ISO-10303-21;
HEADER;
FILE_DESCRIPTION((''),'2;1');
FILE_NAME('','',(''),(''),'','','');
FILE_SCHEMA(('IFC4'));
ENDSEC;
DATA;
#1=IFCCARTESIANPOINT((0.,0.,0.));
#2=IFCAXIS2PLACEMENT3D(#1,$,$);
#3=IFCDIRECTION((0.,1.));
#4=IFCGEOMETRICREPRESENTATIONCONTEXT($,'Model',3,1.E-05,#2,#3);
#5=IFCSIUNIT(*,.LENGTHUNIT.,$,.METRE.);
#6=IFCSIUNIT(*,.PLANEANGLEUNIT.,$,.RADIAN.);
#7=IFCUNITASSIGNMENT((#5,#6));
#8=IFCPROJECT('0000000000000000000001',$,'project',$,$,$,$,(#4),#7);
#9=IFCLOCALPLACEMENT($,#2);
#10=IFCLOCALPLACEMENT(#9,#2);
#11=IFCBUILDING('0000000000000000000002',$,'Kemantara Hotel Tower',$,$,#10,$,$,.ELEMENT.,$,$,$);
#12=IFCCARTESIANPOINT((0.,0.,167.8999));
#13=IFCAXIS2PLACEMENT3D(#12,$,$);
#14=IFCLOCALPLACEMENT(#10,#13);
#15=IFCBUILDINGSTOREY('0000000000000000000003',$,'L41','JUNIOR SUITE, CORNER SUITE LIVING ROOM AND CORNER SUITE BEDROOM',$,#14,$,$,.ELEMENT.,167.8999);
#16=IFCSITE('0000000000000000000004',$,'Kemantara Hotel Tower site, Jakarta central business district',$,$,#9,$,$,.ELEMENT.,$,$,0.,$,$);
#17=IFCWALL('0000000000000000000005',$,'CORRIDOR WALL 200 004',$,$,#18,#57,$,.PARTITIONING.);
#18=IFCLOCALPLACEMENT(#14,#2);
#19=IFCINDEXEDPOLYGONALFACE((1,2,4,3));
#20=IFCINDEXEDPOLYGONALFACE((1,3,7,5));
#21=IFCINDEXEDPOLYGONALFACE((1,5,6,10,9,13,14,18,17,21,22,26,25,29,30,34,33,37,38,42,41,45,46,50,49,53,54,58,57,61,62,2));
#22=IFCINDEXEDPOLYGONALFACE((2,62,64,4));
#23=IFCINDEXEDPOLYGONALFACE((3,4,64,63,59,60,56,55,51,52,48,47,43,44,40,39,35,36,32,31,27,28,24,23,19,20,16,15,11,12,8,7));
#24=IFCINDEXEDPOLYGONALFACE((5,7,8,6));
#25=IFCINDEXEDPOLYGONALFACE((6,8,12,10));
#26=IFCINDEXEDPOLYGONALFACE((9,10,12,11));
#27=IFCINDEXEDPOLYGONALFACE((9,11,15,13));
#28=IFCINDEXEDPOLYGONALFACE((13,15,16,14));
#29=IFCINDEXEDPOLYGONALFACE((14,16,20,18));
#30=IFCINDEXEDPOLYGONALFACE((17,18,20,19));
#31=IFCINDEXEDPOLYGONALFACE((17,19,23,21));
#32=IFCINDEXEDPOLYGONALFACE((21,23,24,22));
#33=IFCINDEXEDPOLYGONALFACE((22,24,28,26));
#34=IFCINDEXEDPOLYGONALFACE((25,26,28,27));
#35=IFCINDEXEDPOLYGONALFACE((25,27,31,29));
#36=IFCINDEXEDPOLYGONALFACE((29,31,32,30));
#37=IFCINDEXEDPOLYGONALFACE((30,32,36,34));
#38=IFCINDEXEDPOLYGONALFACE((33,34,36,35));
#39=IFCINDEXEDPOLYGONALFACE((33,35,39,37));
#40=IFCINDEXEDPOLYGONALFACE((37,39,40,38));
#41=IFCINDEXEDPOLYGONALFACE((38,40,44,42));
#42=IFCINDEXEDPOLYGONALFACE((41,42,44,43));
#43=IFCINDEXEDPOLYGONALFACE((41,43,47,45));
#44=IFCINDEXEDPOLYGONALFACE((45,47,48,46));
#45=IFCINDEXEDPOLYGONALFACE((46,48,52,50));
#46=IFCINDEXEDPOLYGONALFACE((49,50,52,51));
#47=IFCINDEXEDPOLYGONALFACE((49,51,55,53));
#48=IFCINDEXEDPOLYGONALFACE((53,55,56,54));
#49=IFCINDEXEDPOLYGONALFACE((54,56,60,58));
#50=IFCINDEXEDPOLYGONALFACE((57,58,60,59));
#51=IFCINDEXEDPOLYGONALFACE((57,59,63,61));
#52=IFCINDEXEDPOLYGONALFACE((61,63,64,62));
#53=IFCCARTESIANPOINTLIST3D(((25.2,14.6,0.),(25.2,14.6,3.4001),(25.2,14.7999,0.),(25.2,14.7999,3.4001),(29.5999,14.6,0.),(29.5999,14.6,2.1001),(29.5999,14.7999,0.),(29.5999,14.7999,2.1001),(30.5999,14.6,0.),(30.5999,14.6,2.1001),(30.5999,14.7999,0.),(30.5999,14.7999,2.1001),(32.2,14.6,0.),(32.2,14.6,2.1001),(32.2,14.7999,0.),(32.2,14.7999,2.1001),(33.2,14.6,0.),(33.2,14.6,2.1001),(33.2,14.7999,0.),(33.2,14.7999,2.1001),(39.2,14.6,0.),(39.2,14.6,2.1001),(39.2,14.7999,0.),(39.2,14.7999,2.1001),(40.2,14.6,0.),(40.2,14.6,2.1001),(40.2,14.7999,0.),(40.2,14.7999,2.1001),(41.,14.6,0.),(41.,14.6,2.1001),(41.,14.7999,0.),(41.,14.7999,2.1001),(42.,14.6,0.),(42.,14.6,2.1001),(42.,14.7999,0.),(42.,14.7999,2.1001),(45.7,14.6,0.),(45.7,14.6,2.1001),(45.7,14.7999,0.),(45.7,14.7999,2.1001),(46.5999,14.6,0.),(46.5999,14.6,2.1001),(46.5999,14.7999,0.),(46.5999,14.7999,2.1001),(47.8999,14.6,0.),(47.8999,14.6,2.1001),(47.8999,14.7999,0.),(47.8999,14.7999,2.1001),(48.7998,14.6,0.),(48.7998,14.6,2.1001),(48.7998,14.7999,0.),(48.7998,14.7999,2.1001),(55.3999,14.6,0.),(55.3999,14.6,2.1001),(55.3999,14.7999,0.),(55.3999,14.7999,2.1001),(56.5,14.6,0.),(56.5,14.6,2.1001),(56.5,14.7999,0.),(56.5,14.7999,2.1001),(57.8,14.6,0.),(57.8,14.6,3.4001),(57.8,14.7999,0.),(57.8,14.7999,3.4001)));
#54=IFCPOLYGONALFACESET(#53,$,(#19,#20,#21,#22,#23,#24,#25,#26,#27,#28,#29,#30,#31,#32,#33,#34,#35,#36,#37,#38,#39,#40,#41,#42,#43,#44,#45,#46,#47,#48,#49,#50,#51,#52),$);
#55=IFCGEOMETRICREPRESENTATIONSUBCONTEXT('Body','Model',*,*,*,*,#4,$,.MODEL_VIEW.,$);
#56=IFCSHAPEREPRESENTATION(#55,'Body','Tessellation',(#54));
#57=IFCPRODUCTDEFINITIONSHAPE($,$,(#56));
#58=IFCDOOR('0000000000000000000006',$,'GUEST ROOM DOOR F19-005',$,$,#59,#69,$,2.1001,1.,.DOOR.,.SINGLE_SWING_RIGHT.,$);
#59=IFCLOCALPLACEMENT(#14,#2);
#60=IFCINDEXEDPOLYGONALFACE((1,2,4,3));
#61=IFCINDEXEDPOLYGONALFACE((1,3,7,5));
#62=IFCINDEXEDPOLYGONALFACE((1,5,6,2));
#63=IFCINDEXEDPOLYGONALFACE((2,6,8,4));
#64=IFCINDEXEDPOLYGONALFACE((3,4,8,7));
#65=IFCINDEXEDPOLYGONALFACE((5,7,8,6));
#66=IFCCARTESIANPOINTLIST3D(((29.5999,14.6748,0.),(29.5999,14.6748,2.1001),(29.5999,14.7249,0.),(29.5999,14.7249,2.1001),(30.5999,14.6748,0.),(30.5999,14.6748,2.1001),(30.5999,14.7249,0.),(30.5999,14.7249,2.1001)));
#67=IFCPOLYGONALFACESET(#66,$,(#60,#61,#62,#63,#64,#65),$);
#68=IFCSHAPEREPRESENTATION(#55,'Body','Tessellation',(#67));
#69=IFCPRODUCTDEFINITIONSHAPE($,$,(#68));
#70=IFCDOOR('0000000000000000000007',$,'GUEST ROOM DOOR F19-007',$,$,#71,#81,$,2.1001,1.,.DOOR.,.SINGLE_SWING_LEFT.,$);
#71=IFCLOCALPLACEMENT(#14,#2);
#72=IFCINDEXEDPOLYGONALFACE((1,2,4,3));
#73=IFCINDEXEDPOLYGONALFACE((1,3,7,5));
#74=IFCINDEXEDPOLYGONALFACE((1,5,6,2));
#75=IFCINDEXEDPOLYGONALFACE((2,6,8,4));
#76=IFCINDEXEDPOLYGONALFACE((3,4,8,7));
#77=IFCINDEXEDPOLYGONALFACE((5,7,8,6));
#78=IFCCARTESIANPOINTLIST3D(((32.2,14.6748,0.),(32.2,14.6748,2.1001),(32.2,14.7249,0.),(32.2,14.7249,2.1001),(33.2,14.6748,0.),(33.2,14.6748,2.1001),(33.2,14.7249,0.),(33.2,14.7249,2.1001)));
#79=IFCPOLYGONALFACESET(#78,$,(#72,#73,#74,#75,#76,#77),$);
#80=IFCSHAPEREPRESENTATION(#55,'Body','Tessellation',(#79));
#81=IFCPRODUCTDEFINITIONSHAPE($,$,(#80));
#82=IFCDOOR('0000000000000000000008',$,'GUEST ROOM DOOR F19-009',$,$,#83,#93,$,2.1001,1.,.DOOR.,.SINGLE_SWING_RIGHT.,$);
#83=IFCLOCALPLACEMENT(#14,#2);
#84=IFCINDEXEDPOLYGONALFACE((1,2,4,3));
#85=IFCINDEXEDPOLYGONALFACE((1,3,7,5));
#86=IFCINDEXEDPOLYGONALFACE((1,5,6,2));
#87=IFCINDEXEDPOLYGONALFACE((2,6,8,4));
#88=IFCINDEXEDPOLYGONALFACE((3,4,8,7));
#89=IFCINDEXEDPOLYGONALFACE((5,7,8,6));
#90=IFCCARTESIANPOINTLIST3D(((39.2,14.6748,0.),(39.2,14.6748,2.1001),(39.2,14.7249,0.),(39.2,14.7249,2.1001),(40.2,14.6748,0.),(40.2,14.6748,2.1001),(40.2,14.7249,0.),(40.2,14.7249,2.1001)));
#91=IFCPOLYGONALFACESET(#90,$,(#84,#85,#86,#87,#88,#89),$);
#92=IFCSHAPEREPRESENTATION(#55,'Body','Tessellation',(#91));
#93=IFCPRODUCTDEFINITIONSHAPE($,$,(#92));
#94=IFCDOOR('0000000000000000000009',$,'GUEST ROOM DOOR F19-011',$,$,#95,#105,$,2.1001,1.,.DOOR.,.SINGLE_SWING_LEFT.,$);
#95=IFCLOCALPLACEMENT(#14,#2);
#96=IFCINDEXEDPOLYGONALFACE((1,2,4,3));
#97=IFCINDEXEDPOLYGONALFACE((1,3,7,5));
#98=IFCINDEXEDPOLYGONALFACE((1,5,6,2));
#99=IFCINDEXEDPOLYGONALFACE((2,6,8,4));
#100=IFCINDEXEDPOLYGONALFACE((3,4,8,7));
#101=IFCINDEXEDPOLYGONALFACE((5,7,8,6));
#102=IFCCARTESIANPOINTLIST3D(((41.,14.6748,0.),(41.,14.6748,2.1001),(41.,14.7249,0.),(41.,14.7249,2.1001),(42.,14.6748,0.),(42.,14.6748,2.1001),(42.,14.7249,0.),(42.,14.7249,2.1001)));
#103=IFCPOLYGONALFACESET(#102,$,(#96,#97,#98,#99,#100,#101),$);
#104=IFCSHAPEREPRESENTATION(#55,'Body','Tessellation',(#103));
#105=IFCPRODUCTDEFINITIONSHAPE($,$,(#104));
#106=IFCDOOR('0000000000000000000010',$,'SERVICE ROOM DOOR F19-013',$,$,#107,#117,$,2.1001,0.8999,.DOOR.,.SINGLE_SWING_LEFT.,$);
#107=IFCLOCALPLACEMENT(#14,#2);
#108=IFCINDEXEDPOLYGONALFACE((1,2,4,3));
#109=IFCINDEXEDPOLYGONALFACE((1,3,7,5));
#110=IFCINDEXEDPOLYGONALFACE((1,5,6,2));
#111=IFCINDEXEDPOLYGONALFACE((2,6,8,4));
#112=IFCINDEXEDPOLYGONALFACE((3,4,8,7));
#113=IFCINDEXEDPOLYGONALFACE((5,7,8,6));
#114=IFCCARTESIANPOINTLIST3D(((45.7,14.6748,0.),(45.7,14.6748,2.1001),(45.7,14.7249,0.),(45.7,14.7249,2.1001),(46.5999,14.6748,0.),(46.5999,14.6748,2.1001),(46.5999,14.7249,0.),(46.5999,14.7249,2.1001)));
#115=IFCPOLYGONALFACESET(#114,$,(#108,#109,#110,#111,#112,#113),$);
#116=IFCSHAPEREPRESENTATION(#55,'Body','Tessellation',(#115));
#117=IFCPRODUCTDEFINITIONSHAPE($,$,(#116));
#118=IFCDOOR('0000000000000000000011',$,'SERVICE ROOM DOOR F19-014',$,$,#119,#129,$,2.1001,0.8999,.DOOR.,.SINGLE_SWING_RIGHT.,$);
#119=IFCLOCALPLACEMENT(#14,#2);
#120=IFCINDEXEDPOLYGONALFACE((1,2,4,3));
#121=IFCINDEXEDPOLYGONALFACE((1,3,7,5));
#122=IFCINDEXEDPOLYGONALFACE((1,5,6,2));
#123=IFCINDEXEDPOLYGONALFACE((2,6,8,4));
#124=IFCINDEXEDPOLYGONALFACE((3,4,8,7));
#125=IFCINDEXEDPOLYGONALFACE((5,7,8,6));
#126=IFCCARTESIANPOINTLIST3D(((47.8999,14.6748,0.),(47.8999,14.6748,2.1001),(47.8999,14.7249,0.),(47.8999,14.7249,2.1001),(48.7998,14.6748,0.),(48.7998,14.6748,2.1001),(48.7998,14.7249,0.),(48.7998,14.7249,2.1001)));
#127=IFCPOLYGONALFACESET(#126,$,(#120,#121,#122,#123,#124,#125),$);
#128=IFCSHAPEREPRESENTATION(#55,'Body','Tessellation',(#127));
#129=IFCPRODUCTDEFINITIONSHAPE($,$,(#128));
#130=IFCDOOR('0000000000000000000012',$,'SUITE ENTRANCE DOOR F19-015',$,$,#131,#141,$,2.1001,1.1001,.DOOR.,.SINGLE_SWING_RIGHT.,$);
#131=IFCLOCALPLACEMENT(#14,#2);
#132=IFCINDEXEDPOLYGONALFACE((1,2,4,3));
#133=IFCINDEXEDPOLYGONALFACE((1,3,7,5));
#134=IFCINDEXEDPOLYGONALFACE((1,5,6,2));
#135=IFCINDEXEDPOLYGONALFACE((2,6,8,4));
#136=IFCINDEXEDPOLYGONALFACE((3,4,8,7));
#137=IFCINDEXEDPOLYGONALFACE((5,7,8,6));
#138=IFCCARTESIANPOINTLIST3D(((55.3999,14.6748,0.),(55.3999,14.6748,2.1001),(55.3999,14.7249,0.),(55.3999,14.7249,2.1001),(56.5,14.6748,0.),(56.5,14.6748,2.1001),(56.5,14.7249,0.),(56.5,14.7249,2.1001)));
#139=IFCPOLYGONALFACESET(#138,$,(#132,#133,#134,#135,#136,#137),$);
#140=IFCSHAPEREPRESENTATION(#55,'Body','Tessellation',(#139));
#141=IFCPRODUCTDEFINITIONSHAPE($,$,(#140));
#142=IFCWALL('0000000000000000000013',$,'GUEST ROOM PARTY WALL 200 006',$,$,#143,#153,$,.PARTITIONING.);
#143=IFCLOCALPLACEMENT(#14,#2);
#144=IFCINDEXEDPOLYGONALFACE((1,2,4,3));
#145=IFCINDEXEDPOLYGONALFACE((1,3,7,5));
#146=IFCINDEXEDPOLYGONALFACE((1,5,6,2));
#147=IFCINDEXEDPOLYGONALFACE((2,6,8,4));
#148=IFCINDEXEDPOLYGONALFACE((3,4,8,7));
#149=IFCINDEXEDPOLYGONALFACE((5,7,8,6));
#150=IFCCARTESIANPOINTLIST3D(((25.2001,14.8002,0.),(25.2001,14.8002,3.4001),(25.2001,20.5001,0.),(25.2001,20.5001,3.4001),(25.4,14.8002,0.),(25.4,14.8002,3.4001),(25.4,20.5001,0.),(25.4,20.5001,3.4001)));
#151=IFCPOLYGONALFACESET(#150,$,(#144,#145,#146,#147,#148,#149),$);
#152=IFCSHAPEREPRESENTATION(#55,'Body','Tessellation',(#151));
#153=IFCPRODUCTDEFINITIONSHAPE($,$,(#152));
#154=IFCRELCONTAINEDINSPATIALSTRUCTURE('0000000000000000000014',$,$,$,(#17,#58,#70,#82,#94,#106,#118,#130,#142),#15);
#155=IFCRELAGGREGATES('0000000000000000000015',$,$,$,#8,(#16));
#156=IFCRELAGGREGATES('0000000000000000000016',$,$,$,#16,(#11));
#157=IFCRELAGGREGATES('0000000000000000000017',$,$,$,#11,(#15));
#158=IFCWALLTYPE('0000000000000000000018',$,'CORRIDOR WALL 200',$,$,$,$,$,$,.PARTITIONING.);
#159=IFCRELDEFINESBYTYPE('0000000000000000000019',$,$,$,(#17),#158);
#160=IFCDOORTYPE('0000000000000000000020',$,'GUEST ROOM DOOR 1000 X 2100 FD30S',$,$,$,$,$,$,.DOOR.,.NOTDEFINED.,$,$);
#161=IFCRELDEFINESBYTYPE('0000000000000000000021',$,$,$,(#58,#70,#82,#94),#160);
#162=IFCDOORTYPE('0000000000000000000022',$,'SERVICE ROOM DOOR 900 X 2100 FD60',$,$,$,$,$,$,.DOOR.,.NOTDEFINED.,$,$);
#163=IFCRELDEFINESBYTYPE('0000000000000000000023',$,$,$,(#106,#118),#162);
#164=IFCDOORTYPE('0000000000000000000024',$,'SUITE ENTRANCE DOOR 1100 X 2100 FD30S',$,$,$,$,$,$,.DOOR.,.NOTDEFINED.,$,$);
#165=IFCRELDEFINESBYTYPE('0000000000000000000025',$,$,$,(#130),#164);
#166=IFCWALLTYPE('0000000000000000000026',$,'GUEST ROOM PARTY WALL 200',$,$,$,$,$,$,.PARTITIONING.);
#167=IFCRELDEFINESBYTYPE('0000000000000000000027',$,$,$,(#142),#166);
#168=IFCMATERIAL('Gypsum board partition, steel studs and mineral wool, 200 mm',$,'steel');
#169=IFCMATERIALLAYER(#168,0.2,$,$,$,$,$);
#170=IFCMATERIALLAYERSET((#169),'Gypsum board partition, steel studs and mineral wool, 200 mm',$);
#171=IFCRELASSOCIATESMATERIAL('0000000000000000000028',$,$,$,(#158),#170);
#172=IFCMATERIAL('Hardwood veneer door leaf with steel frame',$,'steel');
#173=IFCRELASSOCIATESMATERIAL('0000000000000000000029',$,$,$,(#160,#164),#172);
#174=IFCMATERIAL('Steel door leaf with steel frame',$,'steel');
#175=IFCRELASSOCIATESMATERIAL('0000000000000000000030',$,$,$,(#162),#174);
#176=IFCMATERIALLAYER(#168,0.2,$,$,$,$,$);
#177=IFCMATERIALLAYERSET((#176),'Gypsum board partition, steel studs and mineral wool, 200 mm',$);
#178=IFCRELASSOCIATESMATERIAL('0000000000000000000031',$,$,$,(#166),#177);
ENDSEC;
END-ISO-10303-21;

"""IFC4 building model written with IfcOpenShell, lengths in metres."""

from ifc_helpers import new_model, si_unit, direction, frame, frame_2d, origin, place, context, subcontext, project, spatial, rectangle, extrude, material, layer, layer_set, type_object, element, fill, save


model = new_model("IFC4")

# Units and contexts
model_context = context("Model", 3, precision=1e-05, world=origin(), true_north=direction((0.0, 1.0)))
body_context = subcontext(model_context, "Body", "Model", "MODEL_VIEW")
ifc_project = project(units=[si_unit("LENGTHUNIT", "METRE"), si_unit("PLANEANGLEUNIT", "RADIAN")], contexts=[model_context])

# Site, building, storey
site_placement = place(None, origin())
site = spatial("IfcSite", under=ifc_project, at=site_placement, Name="Kemantara Hotel Tower site, Jakarta central business district", CompositionType="ELEMENT", RefElevation=0.0)
building_placement = place(site_placement, origin())
building = spatial("IfcBuilding", under=site, at=building_placement, Name="Kemantara Hotel Tower", CompositionType="ELEMENT")
storey_placement = place(building_placement, frame((0.0, 0.0, 167.8999)))
storey = spatial("IfcBuildingStorey", under=building, at=storey_placement, Name="L41", Description="JUNIOR SUITE, CORNER SUITE LIVING ROOM AND CORNER SUITE BEDROOM", CompositionType="ELEMENT", Elevation=167.8999)

# Wall, openings, doors
ifc_material_1 = material(Name="Gypsum board partition, steel studs and mineral wool, 200 mm", Category="steel")
ifc_layer_1 = layer(ifc_material_1, 0.2)
ifc_layer_set_1 = layer_set([ifc_layer_1], Name="Gypsum board partition, steel studs and mineral wool, 200 mm")
wall_type_1 = type_object("IfcWallType", Name="CORRIDOR WALL 200", PredefinedType="PARTITIONING", material=ifc_layer_set_1)
wall_1_placement = place(storey_placement, frame((25.2, 14.7, 0.0), z_axis=(0.0, 0.0, 1.0), x_axis=(1.0, 0.0, 0.0)))
wall_1 = element("IfcWall", 1, at=wall_1_placement, inside=storey, type_object=wall_type_1, Name="CORRIDOR WALL 200 004", PredefinedType="PARTITIONING", context=body_context, shape_type="SweptSolid", body=[
    extrude(rectangle(XDim=32.6001, YDim=0.2, at=frame_2d((16.3, 0.0))), origin(), (0.0, 0.0, 1.0), 3.4001),
])
opening_1_placement = place(wall_1_placement, frame((4.3999, 0.0, 0.0)))
opening_1 = element("IfcOpeningElement", 2, at=opening_1_placement, cuts=wall_1, PredefinedType="OPENING", context=body_context, shape_type="SweptSolid", body=[
    extrude(rectangle(XDim=1.0, YDim=2.1001, at=frame_2d((0.5, 1.05))), frame((0.0, 0.1099, 0.0), z_axis=(0.0, -1.0, 0.0), x_axis=(1.0, 0.0, 0.0)), (0.0, 0.0, 1.0), 0.22),
])
opening_2_placement = place(wall_1_placement, frame((7.0, 0.0, 0.0)))
opening_2 = element("IfcOpeningElement", 3, at=opening_2_placement, cuts=wall_1, PredefinedType="OPENING", context=body_context, shape_type="SweptSolid", body=[
    extrude(rectangle(XDim=1.0, YDim=2.1001, at=frame_2d((0.5, 1.05))), frame((0.0, 0.1099, 0.0), z_axis=(0.0, -1.0, 0.0), x_axis=(1.0, 0.0, 0.0)), (0.0, 0.0, 1.0), 0.22),
])
opening_3_placement = place(wall_1_placement, frame((14.0, 0.0, 0.0)))
opening_3 = element("IfcOpeningElement", 4, at=opening_3_placement, cuts=wall_1, PredefinedType="OPENING", context=body_context, shape_type="SweptSolid", body=[
    extrude(rectangle(XDim=1.0, YDim=2.1001, at=frame_2d((0.5, 1.05))), frame((0.0, 0.1099, 0.0), z_axis=(0.0, -1.0, 0.0), x_axis=(1.0, 0.0, 0.0)), (0.0, 0.0, 1.0), 0.22),
])
opening_4_placement = place(wall_1_placement, frame((15.8, 0.0, 0.0)))
opening_4 = element("IfcOpeningElement", 5, at=opening_4_placement, cuts=wall_1, PredefinedType="OPENING", context=body_context, shape_type="SweptSolid", body=[
    extrude(rectangle(XDim=1.0, YDim=2.1001, at=frame_2d((0.5, 1.05))), frame((0.0, 0.1099, 0.0), z_axis=(0.0, -1.0, 0.0), x_axis=(1.0, 0.0, 0.0)), (0.0, 0.0, 1.0), 0.22),
])
opening_5_placement = place(wall_1_placement, frame((20.5, 0.0, 0.0)))
opening_5 = element("IfcOpeningElement", 6, at=opening_5_placement, cuts=wall_1, PredefinedType="OPENING", context=body_context, shape_type="SweptSolid", body=[
    extrude(rectangle(XDim=0.8999, YDim=2.1001, at=frame_2d((0.45, 1.05))), frame((0.0, 0.1099, 0.0), z_axis=(0.0, -1.0, 0.0), x_axis=(1.0, 0.0, 0.0)), (0.0, 0.0, 1.0), 0.22),
])
opening_6_placement = place(wall_1_placement, frame((22.7, 0.0, 0.0)))
opening_6 = element("IfcOpeningElement", 7, at=opening_6_placement, cuts=wall_1, PredefinedType="OPENING", context=body_context, shape_type="SweptSolid", body=[
    extrude(rectangle(XDim=0.8999, YDim=2.1001, at=frame_2d((0.45, 1.05))), frame((0.0, 0.1099, 0.0), z_axis=(0.0, -1.0, 0.0), x_axis=(1.0, 0.0, 0.0)), (0.0, 0.0, 1.0), 0.22),
])
opening_7_placement = place(wall_1_placement, frame((30.2, 0.0, 0.0)))
opening_7 = element("IfcOpeningElement", 8, at=opening_7_placement, cuts=wall_1, PredefinedType="OPENING", context=body_context, shape_type="SweptSolid", body=[
    extrude(rectangle(XDim=1.1001, YDim=2.1001, at=frame_2d((0.55, 1.05))), frame((0.0, 0.1099, 0.0), z_axis=(0.0, -1.0, 0.0), x_axis=(1.0, 0.0, 0.0)), (0.0, 0.0, 1.0), 0.22),
])
ifc_material_2 = material(Name="Hardwood veneer door leaf with steel frame", Category="steel")
door_type_1 = type_object("IfcDoorType", Name="GUEST ROOM DOOR 1000 X 2100 FD30S", OperationType="NOTDEFINED", PredefinedType="DOOR", material=ifc_material_2)
door_1_placement = place(opening_1_placement, origin())
door_1 = element("IfcDoor", 9, at=door_1_placement, inside=storey, type_object=door_type_1, Name="GUEST ROOM DOOR F19-005", OperationType="SINGLE_SWING_RIGHT", OverallHeight=2.1001, OverallWidth=1.0, PredefinedType="DOOR", context=body_context, shape_type="SweptSolid", body=[
    extrude(rectangle(XDim=1.0, YDim=2.1001, at=frame_2d((0.5, 1.05))), frame((0.0, 0.0249, 0.0), z_axis=(0.0, -1.0, 0.0), x_axis=(1.0, 0.0, 0.0)), (0.0, 0.0, 1.0), 0.05),
])
fill(opening_1, door_1)
door_2_placement = place(opening_2_placement, origin())
door_2 = element("IfcDoor", 10, at=door_2_placement, inside=storey, type_object=door_type_1, Name="GUEST ROOM DOOR F19-007", OperationType="SINGLE_SWING_LEFT", OverallHeight=2.1001, OverallWidth=1.0, PredefinedType="DOOR", context=body_context, shape_type="SweptSolid", body=[
    extrude(rectangle(XDim=1.0, YDim=2.1001, at=frame_2d((0.5, 1.05))), frame((0.0, 0.0249, 0.0), z_axis=(0.0, -1.0, 0.0), x_axis=(1.0, 0.0, 0.0)), (0.0, 0.0, 1.0), 0.05),
])
fill(opening_2, door_2)
door_3_placement = place(opening_3_placement, origin())
door_3 = element("IfcDoor", 11, at=door_3_placement, inside=storey, type_object=door_type_1, Name="GUEST ROOM DOOR F19-009", OperationType="SINGLE_SWING_RIGHT", OverallHeight=2.1001, OverallWidth=1.0, PredefinedType="DOOR", context=body_context, shape_type="SweptSolid", body=[
    extrude(rectangle(XDim=1.0, YDim=2.1001, at=frame_2d((0.5, 1.05))), frame((0.0, 0.0249, 0.0), z_axis=(0.0, -1.0, 0.0), x_axis=(1.0, 0.0, 0.0)), (0.0, 0.0, 1.0), 0.05),
])
fill(opening_3, door_3)
door_4_placement = place(opening_4_placement, origin())
door_4 = element("IfcDoor", 12, at=door_4_placement, inside=storey, type_object=door_type_1, Name="GUEST ROOM DOOR F19-011", OperationType="SINGLE_SWING_LEFT", OverallHeight=2.1001, OverallWidth=1.0, PredefinedType="DOOR", context=body_context, shape_type="SweptSolid", body=[
    extrude(rectangle(XDim=1.0, YDim=2.1001, at=frame_2d((0.5, 1.05))), frame((0.0, 0.0249, 0.0), z_axis=(0.0, -1.0, 0.0), x_axis=(1.0, 0.0, 0.0)), (0.0, 0.0, 1.0), 0.05),
])
fill(opening_4, door_4)
ifc_material_3 = material(Name="Steel door leaf with steel frame", Category="steel")
door_type_2 = type_object("IfcDoorType", Name="SERVICE ROOM DOOR 900 X 2100 FD60", OperationType="NOTDEFINED", PredefinedType="DOOR", material=ifc_material_3)
door_5_placement = place(opening_5_placement, origin())
door_5 = element("IfcDoor", 13, at=door_5_placement, inside=storey, type_object=door_type_2, Name="SERVICE ROOM DOOR F19-013", OperationType="SINGLE_SWING_LEFT", OverallHeight=2.1001, OverallWidth=0.8999, PredefinedType="DOOR", context=body_context, shape_type="SweptSolid", body=[
    extrude(rectangle(XDim=0.8999, YDim=2.1001, at=frame_2d((0.45, 1.05))), frame((0.0, 0.0249, 0.0), z_axis=(0.0, -1.0, 0.0), x_axis=(1.0, 0.0, 0.0)), (0.0, 0.0, 1.0), 0.05),
])
fill(opening_5, door_5)
door_6_placement = place(opening_6_placement, origin())
door_6 = element("IfcDoor", 14, at=door_6_placement, inside=storey, type_object=door_type_2, Name="SERVICE ROOM DOOR F19-014", OperationType="SINGLE_SWING_RIGHT", OverallHeight=2.1001, OverallWidth=0.8999, PredefinedType="DOOR", context=body_context, shape_type="SweptSolid", body=[
    extrude(rectangle(XDim=0.8999, YDim=2.1001, at=frame_2d((0.45, 1.05))), frame((0.0, 0.0249, 0.0), z_axis=(0.0, -1.0, 0.0), x_axis=(1.0, 0.0, 0.0)), (0.0, 0.0, 1.0), 0.05),
])
fill(opening_6, door_6)
door_type_3 = type_object("IfcDoorType", Name="SUITE ENTRANCE DOOR 1100 X 2100 FD30S", OperationType="NOTDEFINED", PredefinedType="DOOR", material=ifc_material_2)
door_7_placement = place(opening_7_placement, origin())
door_7 = element("IfcDoor", 15, at=door_7_placement, inside=storey, type_object=door_type_3, Name="SUITE ENTRANCE DOOR F19-015", OperationType="SINGLE_SWING_RIGHT", OverallHeight=2.1001, OverallWidth=1.1001, PredefinedType="DOOR", context=body_context, shape_type="SweptSolid", body=[
    extrude(rectangle(XDim=1.1001, YDim=2.1001, at=frame_2d((0.55, 1.05))), frame((0.0, 0.0249, 0.0), z_axis=(0.0, -1.0, 0.0), x_axis=(1.0, 0.0, 0.0)), (0.0, 0.0, 1.0), 0.05),
])
fill(opening_7, door_7)

# Wall
ifc_layer_2 = layer(ifc_material_1, 0.2)
ifc_layer_set_2 = layer_set([ifc_layer_2], Name="Gypsum board partition, steel studs and mineral wool, 200 mm")
wall_type_2 = type_object("IfcWallType", Name="GUEST ROOM PARTY WALL 200", PredefinedType="PARTITIONING", material=ifc_layer_set_2)
wall_2_placement = place(storey_placement, frame((25.3, 14.8, 0.0), z_axis=(0.0, 0.0, 1.0), x_axis=(0.0, 1.0, 0.0)))
element("IfcWall", 16, at=wall_2_placement, inside=storey, type_object=wall_type_2, Name="GUEST ROOM PARTY WALL 200 006", PredefinedType="PARTITIONING", context=body_context, shape_type="SweptSolid", body=[
    extrude(rectangle(XDim=5.7, YDim=0.2, at=frame_2d((2.8501, 0.0))), origin(), (0.0, 0.0, 1.0), 3.4001),
])

save(model, "model.ifc")
